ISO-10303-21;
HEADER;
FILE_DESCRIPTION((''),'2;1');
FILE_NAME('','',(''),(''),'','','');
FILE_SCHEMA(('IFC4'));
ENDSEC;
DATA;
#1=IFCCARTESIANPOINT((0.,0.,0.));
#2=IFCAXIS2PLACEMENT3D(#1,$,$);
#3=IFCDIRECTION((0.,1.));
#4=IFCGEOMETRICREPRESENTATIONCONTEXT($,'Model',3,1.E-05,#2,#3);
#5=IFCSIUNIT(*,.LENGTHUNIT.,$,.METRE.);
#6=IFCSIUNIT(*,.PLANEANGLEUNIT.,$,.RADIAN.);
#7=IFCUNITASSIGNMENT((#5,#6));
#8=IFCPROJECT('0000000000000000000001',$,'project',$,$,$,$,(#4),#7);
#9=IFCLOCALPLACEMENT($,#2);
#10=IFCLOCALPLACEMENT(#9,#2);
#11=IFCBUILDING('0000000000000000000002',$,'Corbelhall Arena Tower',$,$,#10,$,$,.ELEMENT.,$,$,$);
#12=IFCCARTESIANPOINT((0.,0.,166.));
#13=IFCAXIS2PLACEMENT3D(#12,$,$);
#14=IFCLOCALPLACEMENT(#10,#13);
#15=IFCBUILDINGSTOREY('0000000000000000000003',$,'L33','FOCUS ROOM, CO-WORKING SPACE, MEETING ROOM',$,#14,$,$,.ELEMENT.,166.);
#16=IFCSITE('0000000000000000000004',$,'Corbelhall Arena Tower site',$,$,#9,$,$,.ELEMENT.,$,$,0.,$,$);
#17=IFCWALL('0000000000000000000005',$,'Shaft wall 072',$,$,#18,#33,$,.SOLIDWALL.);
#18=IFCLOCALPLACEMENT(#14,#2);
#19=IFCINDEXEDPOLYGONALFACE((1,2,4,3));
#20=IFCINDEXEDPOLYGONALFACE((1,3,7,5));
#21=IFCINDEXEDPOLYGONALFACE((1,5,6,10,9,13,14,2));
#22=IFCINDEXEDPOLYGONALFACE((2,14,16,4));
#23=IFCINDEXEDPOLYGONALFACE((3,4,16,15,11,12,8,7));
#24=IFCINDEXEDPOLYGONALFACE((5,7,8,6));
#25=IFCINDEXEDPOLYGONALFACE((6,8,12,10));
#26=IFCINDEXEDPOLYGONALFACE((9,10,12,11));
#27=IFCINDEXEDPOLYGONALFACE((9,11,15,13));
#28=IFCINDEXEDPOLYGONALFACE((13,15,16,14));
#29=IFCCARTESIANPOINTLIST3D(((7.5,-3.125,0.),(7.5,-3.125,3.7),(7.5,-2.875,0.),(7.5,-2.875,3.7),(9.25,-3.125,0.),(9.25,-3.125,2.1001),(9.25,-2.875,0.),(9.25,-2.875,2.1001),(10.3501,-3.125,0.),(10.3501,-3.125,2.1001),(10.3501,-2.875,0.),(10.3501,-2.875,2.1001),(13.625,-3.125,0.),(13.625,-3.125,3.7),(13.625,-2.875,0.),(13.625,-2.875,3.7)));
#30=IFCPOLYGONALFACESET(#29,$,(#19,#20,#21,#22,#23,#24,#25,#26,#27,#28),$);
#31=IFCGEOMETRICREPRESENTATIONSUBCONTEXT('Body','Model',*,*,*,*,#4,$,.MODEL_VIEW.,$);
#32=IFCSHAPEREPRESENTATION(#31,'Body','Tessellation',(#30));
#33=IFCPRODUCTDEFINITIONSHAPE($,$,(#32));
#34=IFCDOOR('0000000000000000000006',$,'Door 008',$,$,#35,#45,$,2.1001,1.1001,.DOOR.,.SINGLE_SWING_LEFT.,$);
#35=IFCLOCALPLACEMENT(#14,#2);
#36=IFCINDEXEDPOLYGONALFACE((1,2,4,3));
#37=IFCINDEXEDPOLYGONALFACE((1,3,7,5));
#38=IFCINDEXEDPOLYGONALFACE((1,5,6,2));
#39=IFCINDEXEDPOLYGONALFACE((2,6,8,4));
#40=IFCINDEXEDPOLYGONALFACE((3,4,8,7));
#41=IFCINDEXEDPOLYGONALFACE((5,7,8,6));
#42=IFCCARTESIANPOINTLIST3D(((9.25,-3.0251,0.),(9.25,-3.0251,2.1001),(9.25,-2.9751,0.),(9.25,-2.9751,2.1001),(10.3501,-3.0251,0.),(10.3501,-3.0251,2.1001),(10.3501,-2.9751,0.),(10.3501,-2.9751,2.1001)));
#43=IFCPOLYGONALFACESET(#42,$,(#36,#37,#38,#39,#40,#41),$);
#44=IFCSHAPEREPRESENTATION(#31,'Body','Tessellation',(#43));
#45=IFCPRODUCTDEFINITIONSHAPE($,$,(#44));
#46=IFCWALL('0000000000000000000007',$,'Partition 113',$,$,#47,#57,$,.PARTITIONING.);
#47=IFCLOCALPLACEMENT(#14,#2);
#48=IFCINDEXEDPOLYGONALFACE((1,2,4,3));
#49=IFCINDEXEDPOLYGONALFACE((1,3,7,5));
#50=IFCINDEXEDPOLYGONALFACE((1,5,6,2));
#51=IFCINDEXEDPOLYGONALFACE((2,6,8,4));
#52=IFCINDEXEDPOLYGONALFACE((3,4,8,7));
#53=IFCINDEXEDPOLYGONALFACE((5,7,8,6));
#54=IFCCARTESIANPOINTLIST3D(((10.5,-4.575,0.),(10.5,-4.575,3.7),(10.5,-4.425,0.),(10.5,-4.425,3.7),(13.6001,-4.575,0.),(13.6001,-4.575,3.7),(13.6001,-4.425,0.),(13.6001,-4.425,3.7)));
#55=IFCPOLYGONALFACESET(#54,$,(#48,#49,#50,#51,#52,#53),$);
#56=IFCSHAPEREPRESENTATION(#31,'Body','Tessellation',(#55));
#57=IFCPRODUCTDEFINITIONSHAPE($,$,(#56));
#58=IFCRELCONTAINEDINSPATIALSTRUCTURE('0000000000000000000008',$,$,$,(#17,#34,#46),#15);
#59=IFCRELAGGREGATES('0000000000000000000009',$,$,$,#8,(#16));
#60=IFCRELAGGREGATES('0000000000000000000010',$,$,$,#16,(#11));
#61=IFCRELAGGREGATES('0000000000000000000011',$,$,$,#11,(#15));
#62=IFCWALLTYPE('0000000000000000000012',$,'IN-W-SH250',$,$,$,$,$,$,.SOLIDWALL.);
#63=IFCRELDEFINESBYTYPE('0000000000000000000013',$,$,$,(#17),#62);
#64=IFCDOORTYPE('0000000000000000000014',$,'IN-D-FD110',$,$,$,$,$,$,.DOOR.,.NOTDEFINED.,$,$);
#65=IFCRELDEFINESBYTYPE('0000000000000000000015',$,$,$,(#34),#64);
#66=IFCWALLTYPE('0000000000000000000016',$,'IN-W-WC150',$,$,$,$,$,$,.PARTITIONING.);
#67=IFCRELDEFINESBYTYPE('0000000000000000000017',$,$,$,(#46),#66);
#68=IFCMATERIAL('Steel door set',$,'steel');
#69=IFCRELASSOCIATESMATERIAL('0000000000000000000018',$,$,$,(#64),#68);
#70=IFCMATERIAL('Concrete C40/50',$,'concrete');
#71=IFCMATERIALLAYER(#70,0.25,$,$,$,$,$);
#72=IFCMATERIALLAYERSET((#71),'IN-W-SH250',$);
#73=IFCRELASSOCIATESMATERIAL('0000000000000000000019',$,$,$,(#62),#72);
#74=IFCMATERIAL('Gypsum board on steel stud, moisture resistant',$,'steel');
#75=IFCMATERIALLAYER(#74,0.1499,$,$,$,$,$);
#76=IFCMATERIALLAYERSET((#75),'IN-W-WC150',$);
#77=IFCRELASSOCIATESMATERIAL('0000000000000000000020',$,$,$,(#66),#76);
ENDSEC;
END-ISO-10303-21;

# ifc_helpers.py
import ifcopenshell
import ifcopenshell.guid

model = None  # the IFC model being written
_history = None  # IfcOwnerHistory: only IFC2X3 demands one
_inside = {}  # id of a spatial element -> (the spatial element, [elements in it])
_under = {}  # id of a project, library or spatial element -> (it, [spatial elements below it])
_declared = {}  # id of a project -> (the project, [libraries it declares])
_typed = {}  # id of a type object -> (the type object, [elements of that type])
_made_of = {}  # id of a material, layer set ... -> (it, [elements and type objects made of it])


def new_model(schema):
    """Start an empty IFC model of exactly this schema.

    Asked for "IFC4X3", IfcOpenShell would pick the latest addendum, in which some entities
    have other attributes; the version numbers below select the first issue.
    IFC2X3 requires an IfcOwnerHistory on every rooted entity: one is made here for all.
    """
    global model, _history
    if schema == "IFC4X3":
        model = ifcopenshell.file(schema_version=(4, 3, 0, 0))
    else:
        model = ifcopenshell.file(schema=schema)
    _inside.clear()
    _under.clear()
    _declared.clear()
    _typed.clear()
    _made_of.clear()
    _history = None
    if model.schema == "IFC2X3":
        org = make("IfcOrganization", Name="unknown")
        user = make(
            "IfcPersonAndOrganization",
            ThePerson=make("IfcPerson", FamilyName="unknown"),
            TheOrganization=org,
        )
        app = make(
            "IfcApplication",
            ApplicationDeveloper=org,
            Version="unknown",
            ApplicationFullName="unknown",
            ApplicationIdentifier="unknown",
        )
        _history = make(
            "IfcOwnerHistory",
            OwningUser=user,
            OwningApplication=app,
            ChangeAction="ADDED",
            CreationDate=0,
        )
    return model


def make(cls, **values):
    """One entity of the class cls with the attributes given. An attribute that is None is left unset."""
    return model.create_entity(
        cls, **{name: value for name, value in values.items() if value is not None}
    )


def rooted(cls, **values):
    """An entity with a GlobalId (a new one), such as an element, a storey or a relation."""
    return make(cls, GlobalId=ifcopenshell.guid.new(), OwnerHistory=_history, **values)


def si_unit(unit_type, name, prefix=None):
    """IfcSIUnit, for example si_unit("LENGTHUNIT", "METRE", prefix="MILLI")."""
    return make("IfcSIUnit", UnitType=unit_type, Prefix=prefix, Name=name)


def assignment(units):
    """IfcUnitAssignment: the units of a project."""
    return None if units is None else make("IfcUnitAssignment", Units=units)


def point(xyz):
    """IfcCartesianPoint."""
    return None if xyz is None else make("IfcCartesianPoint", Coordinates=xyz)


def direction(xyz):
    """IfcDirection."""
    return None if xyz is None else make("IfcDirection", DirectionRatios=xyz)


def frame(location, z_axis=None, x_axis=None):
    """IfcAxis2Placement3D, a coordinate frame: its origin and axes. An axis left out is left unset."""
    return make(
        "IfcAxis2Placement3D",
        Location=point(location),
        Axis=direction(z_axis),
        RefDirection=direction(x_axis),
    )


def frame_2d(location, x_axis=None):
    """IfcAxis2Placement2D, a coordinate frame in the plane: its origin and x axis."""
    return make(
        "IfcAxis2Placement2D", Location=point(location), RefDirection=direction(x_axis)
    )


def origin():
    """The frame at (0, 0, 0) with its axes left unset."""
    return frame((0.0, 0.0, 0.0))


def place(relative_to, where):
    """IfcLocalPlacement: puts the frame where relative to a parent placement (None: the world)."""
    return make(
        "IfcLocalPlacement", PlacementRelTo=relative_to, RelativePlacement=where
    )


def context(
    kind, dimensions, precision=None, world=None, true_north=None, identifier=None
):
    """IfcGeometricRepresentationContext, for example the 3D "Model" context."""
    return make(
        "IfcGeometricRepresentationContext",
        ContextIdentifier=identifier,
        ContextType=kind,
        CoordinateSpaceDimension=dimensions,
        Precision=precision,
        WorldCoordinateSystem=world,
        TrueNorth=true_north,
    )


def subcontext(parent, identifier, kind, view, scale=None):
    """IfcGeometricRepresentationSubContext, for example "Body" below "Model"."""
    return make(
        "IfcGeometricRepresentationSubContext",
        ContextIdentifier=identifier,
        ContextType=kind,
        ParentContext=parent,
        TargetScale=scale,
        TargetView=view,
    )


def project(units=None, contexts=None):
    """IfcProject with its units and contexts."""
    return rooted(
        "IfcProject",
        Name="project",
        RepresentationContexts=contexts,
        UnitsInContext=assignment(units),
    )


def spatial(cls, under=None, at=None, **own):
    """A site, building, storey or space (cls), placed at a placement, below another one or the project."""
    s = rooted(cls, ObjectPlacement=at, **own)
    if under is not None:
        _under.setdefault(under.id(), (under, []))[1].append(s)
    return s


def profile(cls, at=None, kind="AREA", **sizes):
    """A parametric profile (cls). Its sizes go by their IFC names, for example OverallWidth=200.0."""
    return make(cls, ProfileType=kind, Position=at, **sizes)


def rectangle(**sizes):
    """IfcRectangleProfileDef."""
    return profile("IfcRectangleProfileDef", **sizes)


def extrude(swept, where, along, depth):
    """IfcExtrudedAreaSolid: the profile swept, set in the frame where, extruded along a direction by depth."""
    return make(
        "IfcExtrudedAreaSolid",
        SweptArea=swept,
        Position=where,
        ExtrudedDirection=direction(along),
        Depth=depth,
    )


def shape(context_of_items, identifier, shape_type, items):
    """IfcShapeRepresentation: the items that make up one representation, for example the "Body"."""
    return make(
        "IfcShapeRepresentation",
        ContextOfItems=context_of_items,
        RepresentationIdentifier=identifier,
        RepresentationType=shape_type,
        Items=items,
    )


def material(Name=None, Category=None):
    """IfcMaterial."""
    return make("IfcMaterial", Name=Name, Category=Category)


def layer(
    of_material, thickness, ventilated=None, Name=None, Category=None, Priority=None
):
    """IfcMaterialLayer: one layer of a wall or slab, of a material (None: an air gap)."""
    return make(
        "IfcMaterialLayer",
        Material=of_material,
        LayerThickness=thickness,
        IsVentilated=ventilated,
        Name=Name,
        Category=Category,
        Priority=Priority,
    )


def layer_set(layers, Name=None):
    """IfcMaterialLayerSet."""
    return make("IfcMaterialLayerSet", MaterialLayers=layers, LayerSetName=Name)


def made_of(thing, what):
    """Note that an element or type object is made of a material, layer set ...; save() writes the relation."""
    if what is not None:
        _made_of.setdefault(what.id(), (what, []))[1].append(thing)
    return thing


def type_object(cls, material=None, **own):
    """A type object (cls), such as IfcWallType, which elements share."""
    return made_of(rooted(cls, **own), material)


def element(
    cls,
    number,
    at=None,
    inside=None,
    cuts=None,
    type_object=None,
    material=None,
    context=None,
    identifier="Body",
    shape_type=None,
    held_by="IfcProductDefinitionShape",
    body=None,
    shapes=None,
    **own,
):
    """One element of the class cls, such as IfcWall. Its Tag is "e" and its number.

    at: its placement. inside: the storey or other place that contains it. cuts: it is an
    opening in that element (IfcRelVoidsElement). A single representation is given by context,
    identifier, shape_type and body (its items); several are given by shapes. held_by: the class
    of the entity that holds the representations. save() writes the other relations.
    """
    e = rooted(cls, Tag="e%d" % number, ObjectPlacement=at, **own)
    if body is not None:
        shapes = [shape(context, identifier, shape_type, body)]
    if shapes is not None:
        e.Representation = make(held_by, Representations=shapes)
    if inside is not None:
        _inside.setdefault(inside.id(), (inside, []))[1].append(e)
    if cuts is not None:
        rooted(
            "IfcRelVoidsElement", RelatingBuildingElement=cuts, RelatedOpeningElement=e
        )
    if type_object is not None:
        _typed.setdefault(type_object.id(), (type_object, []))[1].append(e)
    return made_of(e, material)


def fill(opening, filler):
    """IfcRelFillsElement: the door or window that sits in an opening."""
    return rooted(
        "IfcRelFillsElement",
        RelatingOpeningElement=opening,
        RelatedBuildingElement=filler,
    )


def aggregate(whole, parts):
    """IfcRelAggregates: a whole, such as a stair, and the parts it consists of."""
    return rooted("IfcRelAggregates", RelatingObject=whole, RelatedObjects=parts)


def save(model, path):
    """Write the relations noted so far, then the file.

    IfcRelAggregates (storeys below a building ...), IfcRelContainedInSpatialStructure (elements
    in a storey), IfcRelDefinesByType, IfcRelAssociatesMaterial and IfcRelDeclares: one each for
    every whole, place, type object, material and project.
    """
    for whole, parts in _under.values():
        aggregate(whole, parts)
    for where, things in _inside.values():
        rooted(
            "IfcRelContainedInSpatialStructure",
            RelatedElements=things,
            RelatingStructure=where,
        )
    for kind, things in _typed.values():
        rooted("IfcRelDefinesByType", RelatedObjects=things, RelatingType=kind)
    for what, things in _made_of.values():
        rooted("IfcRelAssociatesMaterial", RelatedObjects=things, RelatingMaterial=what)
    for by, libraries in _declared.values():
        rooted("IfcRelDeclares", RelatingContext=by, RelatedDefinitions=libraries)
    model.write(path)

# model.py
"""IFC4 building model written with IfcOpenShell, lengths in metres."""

from ifc_helpers import new_model, si_unit, direction, frame, frame_2d, origin, place, context, subcontext, project, spatial, rectangle, extrude, material, layer, layer_set, type_object, element, fill, save


model = new_model("IFC4")

# Units and contexts
model_context = context("Model", 3, precision=1e-05, world=origin(), true_north=direction((0.0, 1.0)))
body_context = subcontext(model_context, "Body", "Model", "MODEL_VIEW")
ifc_project = project(units=[si_unit("LENGTHUNIT", "METRE"), si_unit("PLANEANGLEUNIT", "RADIAN")], contexts=[model_context])

# Site, building, storey
site_placement = place(None, origin())
site = spatial("IfcSite", under=ifc_project, at=site_placement, Name="Corbelhall Arena Tower site", CompositionType="ELEMENT", RefElevation=0.0)
building_placement = place(site_placement, origin())
building = spatial("IfcBuilding", under=site, at=building_placement, Name="Corbelhall Arena Tower", CompositionType="ELEMENT")
storey_placement = place(building_placement, frame((0.0, 0.0, 166.0)))
storey = spatial("IfcBuildingStorey", under=building, at=storey_placement, Name="L33", Description="FOCUS ROOM, CO-WORKING SPACE, MEETING ROOM", CompositionType="ELEMENT", Elevation=166.0)

# Shared definitions
ifc_material_1 = material(Name="Concrete C40/50", Category="concrete")

# Shared definitions
ifc_material_2 = material(Name="Steel door set", Category="steel")
door_type = type_object("IfcDoorType", Name="IN-D-FD110", OperationType="NOTDEFINED", PredefinedType="DOOR", material=ifc_material_2)

# Wall, opening, door
ifc_layer_1 = layer(ifc_material_1, 0.25)
ifc_layer_set_1 = layer_set([ifc_layer_1], Name="IN-W-SH250")
wall_type_1 = type_object("IfcWallType", Name="IN-W-SH250", PredefinedType="SOLIDWALL", material=ifc_layer_set_1)
wall_1_placement = place(storey_placement, frame((7.5, -3.0, 0.0), z_axis=(0.0, 0.0, 1.0), x_axis=(1.0, 0.0, 0.0)))
wall_1 = element("IfcWall", 1, at=wall_1_placement, inside=storey, type_object=wall_type_1, Name="Shaft wall 072", PredefinedType="SOLIDWALL", context=body_context, shape_type="SweptSolid", body=[
    extrude(rectangle(XDim=6.125, YDim=0.25, at=frame_2d((3.0625, 0.0))), origin(), (0.0, 0.0, 1.0), 3.7),
])
opening_1_placement = place(wall_1_placement, frame((1.75, 0.0, 0.0)))
opening_1 = element("IfcOpeningElement", 2, at=opening_1_placement, cuts=wall_1, PredefinedType="OPENING", context=body_context, shape_type="SweptSolid", body=[
    extrude(rectangle(XDim=1.1001, YDim=2.1001, at=frame_2d((0.55, 1.05))), frame((0.0, 0.125, 0.0), z_axis=(0.0, -1.0, 0.0), x_axis=(1.0, 0.0, 0.0)), (0.0, 0.0, 1.0), 0.25),
])
door_1_placement = place(opening_1_placement, origin())
door_1 = element("IfcDoor", 3, at=door_1_placement, inside=storey, type_object=door_type, Name="Door 008", OperationType="SINGLE_SWING_LEFT", OverallHeight=2.1001, OverallWidth=1.1001, PredefinedType="DOOR", context=body_context, shape_type="SweptSolid", body=[
    extrude(rectangle(XDim=1.1001, YDim=2.1001, at=frame_2d((0.55, 1.05))), frame((0.0, 0.0249, 0.0), z_axis=(0.0, -1.0, 0.0), x_axis=(1.0, 0.0, 0.0)), (0.0, 0.0, 1.0), 0.05),
])
fill(opening_1, door_1)

# Wall
ifc_material_3 = material(Name="Gypsum board on steel stud, moisture resistant", Category="steel")
ifc_layer_2 = layer(ifc_material_3, 0.1499)
ifc_layer_set_2 = layer_set([ifc_layer_2], Name="IN-W-WC150")
wall_type_2 = type_object("IfcWallType", Name="IN-W-WC150", PredefinedType="PARTITIONING", material=ifc_layer_set_2)
wall_2_placement = place(storey_placement, frame((10.5, -4.5, 0.0), z_axis=(0.0, 0.0, 1.0), x_axis=(1.0, 0.0, 0.0)))
element("IfcWall", 4, at=wall_2_placement, inside=storey, type_object=wall_type_2, Name="Partition 113", PredefinedType="PARTITIONING", context=body_context, shape_type="SweptSolid", body=[
    extrude(rectangle(XDim=3.1001, YDim=0.1499, at=frame_2d((1.55, 0.0))), origin(), (0.0, 0.0, 1.0), 3.7),
])

save(model, "model.ifc")
